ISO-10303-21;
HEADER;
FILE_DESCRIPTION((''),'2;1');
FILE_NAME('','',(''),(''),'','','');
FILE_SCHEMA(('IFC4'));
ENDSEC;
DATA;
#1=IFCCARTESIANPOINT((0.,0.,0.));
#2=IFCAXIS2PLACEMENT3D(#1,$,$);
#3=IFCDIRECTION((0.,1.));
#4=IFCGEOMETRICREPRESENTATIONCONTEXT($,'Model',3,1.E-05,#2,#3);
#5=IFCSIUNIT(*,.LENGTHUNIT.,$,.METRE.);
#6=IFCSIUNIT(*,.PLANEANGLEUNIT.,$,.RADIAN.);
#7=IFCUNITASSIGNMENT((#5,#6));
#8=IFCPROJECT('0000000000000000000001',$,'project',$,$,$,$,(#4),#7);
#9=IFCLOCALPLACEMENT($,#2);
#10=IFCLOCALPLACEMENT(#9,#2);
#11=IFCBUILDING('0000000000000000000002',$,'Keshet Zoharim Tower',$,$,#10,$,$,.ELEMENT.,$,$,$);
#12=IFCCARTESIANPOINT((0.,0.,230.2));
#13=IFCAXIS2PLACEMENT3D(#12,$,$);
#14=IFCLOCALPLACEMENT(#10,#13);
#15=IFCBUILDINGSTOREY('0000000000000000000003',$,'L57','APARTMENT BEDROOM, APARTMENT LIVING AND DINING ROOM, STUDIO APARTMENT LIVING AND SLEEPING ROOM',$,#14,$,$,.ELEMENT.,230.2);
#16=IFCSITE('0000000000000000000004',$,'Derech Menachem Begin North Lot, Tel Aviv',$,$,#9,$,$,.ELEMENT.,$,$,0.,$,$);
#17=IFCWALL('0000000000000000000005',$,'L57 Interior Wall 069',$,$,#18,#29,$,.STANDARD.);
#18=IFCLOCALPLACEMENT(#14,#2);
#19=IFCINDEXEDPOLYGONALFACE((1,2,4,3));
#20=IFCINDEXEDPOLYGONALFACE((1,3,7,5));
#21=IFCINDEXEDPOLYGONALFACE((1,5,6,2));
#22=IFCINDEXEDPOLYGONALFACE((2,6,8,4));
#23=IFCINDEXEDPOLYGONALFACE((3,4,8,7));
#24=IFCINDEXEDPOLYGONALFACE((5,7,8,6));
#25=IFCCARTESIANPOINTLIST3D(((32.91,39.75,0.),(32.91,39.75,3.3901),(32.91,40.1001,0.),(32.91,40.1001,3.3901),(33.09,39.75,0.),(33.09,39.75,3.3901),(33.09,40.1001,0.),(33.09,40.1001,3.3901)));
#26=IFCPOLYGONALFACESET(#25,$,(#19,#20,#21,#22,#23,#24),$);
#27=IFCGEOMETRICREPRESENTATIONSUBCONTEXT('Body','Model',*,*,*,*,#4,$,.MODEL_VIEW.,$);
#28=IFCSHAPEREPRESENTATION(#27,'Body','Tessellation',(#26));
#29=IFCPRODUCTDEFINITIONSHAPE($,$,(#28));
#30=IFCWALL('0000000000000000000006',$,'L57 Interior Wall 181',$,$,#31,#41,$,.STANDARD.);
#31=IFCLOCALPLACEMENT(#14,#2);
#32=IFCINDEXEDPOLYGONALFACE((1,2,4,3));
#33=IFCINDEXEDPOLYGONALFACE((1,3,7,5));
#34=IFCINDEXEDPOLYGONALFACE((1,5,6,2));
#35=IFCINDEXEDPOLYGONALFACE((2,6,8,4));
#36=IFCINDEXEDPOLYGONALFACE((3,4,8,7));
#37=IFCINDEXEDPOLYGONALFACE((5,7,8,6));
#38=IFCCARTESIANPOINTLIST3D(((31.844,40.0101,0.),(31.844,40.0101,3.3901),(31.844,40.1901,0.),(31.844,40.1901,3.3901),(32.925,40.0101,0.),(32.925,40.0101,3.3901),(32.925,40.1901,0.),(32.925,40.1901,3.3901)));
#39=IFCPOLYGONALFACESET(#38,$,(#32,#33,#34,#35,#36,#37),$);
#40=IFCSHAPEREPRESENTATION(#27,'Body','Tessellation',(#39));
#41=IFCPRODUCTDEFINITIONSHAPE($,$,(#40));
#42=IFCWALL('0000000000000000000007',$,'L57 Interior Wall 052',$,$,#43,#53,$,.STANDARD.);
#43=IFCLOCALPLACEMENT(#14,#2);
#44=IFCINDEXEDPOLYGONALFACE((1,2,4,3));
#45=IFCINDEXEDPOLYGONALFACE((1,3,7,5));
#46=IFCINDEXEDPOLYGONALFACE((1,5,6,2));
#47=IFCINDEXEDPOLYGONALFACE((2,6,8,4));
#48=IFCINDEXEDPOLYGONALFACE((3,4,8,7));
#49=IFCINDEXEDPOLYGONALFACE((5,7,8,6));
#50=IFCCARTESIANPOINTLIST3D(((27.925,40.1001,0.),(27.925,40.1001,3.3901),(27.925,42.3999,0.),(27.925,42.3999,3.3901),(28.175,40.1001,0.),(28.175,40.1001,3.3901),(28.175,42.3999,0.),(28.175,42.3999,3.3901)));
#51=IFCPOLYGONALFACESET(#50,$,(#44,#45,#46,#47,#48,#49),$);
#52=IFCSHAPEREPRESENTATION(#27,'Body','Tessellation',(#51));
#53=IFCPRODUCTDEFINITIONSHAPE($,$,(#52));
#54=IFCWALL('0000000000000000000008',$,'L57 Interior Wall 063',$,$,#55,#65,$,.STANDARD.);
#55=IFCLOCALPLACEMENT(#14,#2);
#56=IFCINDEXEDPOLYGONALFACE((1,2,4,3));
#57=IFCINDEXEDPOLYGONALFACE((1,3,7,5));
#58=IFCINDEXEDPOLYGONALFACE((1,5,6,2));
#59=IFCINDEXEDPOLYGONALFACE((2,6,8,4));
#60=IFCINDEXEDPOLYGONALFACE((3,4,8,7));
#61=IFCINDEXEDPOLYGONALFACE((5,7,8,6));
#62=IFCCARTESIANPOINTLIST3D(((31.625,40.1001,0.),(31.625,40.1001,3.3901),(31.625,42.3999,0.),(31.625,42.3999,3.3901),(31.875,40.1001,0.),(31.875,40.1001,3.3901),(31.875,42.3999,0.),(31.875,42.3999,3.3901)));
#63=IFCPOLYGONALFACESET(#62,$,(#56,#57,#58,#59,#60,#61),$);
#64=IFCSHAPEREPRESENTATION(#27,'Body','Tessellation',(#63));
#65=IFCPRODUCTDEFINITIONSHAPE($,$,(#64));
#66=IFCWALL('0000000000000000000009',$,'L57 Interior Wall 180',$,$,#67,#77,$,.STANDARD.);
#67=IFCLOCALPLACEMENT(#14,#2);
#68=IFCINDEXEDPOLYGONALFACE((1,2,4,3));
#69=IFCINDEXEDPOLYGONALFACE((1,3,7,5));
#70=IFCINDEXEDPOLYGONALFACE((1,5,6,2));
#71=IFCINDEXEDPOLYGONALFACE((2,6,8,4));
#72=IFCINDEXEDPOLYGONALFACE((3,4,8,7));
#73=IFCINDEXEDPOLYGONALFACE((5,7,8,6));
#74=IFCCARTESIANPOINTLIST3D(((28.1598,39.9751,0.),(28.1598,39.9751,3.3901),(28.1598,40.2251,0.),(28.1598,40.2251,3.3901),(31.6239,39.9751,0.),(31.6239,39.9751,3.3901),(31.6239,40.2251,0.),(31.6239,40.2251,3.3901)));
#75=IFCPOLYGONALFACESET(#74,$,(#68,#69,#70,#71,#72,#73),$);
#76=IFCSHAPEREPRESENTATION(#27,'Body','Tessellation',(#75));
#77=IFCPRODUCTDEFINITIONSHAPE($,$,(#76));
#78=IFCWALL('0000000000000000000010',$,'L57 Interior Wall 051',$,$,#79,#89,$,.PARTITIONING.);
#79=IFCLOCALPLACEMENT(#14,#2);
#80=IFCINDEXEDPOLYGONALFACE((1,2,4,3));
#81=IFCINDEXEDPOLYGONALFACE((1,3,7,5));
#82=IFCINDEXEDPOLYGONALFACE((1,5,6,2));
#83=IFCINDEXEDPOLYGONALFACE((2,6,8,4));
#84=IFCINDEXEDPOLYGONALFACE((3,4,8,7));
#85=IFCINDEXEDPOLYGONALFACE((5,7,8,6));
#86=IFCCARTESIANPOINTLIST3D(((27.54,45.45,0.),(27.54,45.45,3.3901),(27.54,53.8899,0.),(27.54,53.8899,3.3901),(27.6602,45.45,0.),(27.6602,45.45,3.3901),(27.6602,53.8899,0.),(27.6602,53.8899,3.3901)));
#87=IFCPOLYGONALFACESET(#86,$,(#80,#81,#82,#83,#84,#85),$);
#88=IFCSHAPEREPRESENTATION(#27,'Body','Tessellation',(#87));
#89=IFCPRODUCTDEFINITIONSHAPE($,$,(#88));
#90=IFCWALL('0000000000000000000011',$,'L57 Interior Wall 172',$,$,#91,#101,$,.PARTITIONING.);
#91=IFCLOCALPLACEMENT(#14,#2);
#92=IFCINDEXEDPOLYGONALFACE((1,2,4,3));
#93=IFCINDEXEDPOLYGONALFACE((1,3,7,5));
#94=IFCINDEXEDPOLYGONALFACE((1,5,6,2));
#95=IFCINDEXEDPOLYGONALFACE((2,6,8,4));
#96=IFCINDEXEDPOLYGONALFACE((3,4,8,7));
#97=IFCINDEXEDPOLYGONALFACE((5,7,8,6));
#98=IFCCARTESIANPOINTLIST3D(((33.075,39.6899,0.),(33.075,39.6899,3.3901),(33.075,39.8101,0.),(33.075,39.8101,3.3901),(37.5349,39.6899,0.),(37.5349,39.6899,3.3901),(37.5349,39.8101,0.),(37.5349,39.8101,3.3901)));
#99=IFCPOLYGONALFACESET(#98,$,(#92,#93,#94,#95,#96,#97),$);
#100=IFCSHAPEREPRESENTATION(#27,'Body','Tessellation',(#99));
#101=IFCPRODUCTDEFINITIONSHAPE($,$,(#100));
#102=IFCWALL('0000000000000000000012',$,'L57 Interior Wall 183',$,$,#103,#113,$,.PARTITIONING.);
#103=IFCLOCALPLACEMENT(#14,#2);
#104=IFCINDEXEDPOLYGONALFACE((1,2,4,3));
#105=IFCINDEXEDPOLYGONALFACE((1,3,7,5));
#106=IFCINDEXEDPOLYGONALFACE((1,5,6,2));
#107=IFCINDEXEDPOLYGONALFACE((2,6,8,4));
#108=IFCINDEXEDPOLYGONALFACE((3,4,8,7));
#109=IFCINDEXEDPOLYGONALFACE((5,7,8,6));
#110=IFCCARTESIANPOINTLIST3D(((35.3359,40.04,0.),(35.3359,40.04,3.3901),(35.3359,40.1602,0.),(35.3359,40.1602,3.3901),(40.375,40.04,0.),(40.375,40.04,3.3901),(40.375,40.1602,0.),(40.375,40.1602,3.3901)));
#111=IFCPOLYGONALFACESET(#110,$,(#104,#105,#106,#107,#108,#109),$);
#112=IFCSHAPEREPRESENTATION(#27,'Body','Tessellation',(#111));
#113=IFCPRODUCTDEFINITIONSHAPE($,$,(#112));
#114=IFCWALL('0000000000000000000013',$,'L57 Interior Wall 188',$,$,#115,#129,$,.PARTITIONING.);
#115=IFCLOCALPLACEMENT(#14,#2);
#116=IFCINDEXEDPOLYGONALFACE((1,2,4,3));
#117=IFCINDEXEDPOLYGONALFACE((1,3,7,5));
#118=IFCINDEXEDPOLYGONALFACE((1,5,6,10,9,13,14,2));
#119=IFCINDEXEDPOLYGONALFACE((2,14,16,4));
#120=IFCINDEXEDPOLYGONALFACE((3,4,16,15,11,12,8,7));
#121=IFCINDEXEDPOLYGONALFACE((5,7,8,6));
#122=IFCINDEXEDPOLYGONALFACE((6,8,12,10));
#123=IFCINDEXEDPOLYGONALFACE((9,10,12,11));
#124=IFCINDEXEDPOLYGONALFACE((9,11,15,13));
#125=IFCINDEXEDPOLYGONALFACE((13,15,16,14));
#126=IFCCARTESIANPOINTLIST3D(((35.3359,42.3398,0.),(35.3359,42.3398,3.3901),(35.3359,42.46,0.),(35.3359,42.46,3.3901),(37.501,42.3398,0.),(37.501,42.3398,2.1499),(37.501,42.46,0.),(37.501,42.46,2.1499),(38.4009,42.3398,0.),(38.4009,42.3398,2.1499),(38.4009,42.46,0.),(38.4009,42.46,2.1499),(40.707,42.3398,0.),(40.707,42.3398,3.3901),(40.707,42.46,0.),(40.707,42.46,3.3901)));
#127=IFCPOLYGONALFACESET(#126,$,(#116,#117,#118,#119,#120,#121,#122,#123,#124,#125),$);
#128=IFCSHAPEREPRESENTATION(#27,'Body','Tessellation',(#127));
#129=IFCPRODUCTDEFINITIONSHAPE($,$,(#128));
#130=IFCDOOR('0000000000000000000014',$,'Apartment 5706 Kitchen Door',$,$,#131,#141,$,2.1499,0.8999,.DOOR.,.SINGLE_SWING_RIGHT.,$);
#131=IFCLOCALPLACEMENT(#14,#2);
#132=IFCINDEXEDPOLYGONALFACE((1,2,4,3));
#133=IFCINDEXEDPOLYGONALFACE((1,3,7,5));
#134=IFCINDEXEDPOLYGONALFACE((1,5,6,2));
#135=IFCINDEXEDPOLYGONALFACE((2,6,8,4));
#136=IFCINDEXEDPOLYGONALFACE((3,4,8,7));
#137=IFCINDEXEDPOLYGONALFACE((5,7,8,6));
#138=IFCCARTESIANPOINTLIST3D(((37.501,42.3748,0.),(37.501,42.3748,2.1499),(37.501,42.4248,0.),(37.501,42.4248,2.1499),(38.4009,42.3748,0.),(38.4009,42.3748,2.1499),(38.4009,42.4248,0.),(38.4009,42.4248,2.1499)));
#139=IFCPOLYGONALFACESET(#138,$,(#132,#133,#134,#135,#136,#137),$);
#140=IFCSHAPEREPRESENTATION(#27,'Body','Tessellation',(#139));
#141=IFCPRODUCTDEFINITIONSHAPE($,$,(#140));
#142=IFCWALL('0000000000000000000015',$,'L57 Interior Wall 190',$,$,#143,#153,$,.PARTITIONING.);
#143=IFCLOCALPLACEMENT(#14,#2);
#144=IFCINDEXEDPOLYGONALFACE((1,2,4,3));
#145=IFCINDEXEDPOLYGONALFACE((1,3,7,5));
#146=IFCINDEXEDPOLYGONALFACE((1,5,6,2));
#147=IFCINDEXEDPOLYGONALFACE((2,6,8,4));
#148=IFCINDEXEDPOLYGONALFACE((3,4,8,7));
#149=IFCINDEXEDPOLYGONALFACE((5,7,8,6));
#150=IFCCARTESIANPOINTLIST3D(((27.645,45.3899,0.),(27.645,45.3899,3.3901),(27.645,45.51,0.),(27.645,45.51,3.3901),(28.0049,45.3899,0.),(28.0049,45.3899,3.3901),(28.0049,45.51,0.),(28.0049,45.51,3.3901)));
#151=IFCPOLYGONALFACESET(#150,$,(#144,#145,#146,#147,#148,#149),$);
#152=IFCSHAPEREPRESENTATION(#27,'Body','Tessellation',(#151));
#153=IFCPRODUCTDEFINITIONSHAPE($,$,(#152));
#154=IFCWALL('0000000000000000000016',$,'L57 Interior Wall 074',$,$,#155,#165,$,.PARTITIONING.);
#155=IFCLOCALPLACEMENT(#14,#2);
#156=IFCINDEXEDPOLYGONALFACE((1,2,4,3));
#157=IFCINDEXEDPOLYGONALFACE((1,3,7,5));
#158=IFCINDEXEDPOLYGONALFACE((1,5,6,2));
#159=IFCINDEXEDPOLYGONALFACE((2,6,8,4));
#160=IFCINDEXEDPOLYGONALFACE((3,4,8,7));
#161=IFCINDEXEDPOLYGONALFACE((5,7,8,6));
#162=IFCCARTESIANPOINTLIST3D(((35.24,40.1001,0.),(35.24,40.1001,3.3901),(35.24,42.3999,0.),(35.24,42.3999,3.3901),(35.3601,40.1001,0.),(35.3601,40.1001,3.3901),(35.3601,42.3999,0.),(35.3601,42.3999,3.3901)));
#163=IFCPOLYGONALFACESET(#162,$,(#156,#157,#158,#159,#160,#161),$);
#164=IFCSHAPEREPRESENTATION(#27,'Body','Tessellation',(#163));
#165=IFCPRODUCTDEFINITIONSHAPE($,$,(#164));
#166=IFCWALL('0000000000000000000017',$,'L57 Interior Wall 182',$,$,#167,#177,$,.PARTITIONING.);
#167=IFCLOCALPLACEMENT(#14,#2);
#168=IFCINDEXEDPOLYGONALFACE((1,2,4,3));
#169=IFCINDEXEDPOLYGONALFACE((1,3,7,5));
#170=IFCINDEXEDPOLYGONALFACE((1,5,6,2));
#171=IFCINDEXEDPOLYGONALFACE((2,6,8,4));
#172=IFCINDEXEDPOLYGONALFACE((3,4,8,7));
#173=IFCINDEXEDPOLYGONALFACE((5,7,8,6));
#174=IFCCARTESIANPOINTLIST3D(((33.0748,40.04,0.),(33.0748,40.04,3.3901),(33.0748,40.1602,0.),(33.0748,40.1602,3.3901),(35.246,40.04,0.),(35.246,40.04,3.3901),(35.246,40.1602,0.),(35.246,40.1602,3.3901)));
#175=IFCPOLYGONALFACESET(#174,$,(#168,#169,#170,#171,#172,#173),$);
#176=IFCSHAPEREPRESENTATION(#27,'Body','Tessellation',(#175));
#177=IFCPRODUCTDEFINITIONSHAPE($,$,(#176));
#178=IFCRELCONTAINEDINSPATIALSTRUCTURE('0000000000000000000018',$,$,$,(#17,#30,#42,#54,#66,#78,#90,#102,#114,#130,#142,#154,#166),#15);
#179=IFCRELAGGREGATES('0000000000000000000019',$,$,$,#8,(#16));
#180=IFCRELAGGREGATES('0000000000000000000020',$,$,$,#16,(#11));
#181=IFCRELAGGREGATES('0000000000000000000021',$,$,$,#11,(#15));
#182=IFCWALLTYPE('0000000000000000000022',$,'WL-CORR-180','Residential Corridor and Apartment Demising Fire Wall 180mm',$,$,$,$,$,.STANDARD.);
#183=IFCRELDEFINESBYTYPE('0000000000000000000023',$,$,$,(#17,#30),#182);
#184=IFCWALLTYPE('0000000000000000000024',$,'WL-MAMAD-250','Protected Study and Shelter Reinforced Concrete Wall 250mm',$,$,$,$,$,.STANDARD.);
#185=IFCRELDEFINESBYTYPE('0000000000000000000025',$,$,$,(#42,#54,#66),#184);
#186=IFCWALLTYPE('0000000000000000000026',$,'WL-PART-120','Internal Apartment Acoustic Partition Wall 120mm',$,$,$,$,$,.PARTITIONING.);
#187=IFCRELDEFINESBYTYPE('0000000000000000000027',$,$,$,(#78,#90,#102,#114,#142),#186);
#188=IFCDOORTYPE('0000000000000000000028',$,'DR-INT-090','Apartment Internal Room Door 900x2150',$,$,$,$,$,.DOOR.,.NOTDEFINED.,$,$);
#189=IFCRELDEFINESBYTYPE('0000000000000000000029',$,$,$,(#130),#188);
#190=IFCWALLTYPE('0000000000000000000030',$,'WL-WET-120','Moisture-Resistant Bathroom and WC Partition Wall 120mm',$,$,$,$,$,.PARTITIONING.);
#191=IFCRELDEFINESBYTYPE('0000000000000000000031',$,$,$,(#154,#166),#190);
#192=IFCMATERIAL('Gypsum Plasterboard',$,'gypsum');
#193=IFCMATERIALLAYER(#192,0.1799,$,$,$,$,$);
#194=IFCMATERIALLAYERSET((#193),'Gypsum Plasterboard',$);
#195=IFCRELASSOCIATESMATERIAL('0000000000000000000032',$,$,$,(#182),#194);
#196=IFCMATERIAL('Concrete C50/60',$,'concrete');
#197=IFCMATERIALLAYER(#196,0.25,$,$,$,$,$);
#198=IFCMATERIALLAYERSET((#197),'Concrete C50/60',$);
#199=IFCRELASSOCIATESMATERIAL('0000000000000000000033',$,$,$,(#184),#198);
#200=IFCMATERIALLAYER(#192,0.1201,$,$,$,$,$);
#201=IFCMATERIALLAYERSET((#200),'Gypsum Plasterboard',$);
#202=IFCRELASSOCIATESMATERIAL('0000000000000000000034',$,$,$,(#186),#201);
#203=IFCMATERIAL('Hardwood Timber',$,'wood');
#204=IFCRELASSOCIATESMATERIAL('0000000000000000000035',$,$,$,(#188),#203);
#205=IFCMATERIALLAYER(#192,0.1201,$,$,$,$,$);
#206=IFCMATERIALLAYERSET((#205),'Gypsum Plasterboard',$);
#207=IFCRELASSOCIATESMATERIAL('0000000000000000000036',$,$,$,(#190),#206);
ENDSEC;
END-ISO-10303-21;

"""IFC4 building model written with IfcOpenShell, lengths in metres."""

from ifc_helpers import new_model, si_unit, direction, frame, frame_2d, origin, place, context, subcontext, project, spatial, rectangle, extrude, material, layer, layer_set, type_object, element, fill, save


model = new_model("IFC4")

# Units and contexts
model_context = context("Model", 3, precision=1e-05, world=origin(), true_north=direction((0.0, 1.0)))
body_context = subcontext(model_context, "Body", "Model", "MODEL_VIEW")
ifc_project = project(units=[si_unit("LENGTHUNIT", "METRE"), si_unit("PLANEANGLEUNIT", "RADIAN")], contexts=[model_context])

# Site, building, storey
site_placement = place(None, origin())
site = spatial("IfcSite", under=ifc_project, at=site_placement, Name="Derech Menachem Begin North Lot, Tel Aviv", CompositionType="ELEMENT", RefElevation=0.0)
building_placement = place(site_placement, origin())
building = spatial("IfcBuilding", under=site, at=building_placement, Name="Keshet Zoharim Tower", CompositionType="ELEMENT")
storey_placement = place(building_placement, frame((0.0, 0.0, 230.2)))
storey = spatial("IfcBuildingStorey", under=building, at=storey_placement, Name="L57", Description="APARTMENT BEDROOM, APARTMENT LIVING AND DINING ROOM, STUDIO APARTMENT LIVING AND SLEEPING ROOM", CompositionType="ELEMENT", Elevation=230.2)

# Walls
ifc_material_1 = material(Name="Gypsum Plasterboard", Category="gypsum")
ifc_layer_1 = layer(ifc_material_1, 0.1799)
ifc_layer_set_1 = layer_set([ifc_layer_1], Name="Gypsum Plasterboard")
wall_type_1 = type_object("IfcWallType", Name="WL-CORR-180", Description="Residential Corridor and Apartment Demising Fire Wall 180mm", PredefinedType="STANDARD", material=ifc_layer_set_1)
wall_1_placement = place(storey_placement, frame((33.0, 39.75, 0.0), z_axis=(0.0, 0.0, 1.0), x_axis=(0.0, 1.0, 0.0)))
element("IfcWall", 1, at=wall_1_placement, inside=storey, type_object=wall_type_1, Name="L57 Interior Wall 069", PredefinedType="STANDARD", context=body_context, shape_type="SweptSolid", body=[
    extrude(rectangle(XDim=0.3501, YDim=0.1799, at=frame_2d((0.175, 0.0))), origin(), (0.0, 0.0, 1.0), 3.3901),
])
wall_2_placement = place(storey_placement, frame((31.844, 40.1001, 0.0), z_axis=(0.0, 0.0, 1.0), x_axis=(1.0, 0.0, 0.0)))
element("IfcWall", 2, at=wall_2_placement, inside=storey, type_object=wall_type_1, Name="L57 Interior Wall 181", PredefinedType="STANDARD", context=body_context, shape_type="SweptSolid", body=[
    extrude(rectangle(XDim=1.0811, YDim=0.1799, at=frame_2d((0.5405, 0.0))), origin(), (0.0, 0.0, 1.0), 3.3901),
])
ifc_material_2 = material(Name="Concrete C50/60", Category="concrete")
ifc_layer_2 = layer(ifc_material_2, 0.25)
ifc_layer_set_2 = layer_set([ifc_layer_2], Name="Concrete C50/60")
wall_type_2 = type_object("IfcWallType", Name="WL-MAMAD-250", Description="Protected Study and Shelter Reinforced Concrete Wall 250mm", PredefinedType="STANDARD", material=ifc_layer_set_2)
for number, where, z_axis, x_axis, name in (
    (3, (28.05, 40.1001, 0.0), (0.0, 0.0, 1.0), (0.0, 1.0, 0.0), "L57 Interior Wall 052"),
    (4, (31.75, 40.1001, 0.0), (0.0, 0.0, 1.0), (0.0, 1.0, 0.0), "L57 Interior Wall 063"),
):
    element("IfcWall", number, at=place(storey_placement, frame(where, z_axis=z_axis, x_axis=x_axis)), inside=storey, type_object=wall_type_2, Name=name, PredefinedType="STANDARD", context=body_context, shape_type="SweptSolid", body=[
        extrude(rectangle(XDim=2.2998, YDim=0.25, at=frame_2d((1.1499, 0.0))), origin(), (0.0, 0.0, 1.0), 3.3901),
    ])
wall_3_placement = place(storey_placement, frame((28.1599, 40.1001, 0.0), z_axis=(0.0, 0.0, 1.0), x_axis=(1.0, 0.0, 0.0)))
element("IfcWall", 5, at=wall_3_placement, inside=storey, type_object=wall_type_2, Name="L57 Interior Wall 180", PredefinedType="STANDARD", context=body_context, shape_type="SweptSolid", body=[
    extrude(rectangle(XDim=3.4641, YDim=0.25, at=frame_2d((1.7319, 0.0))), origin(), (0.0, 0.0, 1.0), 3.3901),
])

# Shared definitions
ifc_material_3 = material(Name="Hardwood Timber", Category="wood")

# Walls
ifc_layer_3 = layer(ifc_material_1, 0.1201)
ifc_layer_set_3 = layer_set([ifc_layer_3], Name="Gypsum Plasterboard")
wall_type_3 = type_object("IfcWallType", Name="WL-PART-120", Description="Internal Apartment Acoustic Partition Wall 120mm", PredefinedType="PARTITIONING", material=ifc_layer_set_3)
wall_4_placement = place(storey_placement, frame((27.6001, 45.45, 0.0), z_axis=(0.0, 0.0, 1.0), x_axis=(0.0, 1.0, 0.0)))
element("IfcWall", 6, at=wall_4_placement, inside=storey, type_object=wall_type_3, Name="L57 Interior Wall 051", PredefinedType="PARTITIONING", context=body_context, shape_type="SweptSolid", body=[
    extrude(rectangle(XDim=8.4399, YDim=0.1201, at=frame_2d((4.22, 0.0))), origin(), (0.0, 0.0, 1.0), 3.3901),
])
wall_5_placement = place(storey_placement, frame((33.075, 39.75, 0.0), z_axis=(0.0, 0.0, 1.0), x_axis=(1.0, 0.0, 0.0)))
element("IfcWall", 7, at=wall_5_placement, inside=storey, type_object=wall_type_3, Name="L57 Interior Wall 172", PredefinedType="PARTITIONING", context=body_context, shape_type="SweptSolid", body=[
    extrude(rectangle(XDim=4.46, YDim=0.1201, at=frame_2d((2.23, 0.0))), origin(), (0.0, 0.0, 1.0), 3.3901),
])
wall_6_placement = place(storey_placement, frame((35.3359, 40.1001, 0.0), z_axis=(0.0, 0.0, 1.0), x_axis=(1.0, 0.0, 0.0)))
element("IfcWall", 8, at=wall_6_placement, inside=storey, type_object=wall_type_3, Name="L57 Interior Wall 183", PredefinedType="PARTITIONING", context=body_context, shape_type="SweptSolid", body=[
    extrude(rectangle(XDim=5.0391, YDim=0.1201, at=frame_2d((2.5195, 0.0))), origin(), (0.0, 0.0, 1.0), 3.3901),
])

# Wall, opening, door
wall_7_placement = place(storey_placement, frame((35.3359, 42.3999, 0.0), z_axis=(0.0, 0.0, 1.0), x_axis=(1.0, 0.0, 0.0)))
wall_7 = element("IfcWall", 9, at=wall_7_placement, inside=storey, type_object=wall_type_3, Name="L57 Interior Wall 188", PredefinedType="PARTITIONING", context=body_context, shape_type="SweptSolid", body=[
    extrude(rectangle(XDim=5.3711, YDim=0.1201, at=frame_2d((2.6855, 0.0))), origin(), (0.0, 0.0, 1.0), 3.3901),
])
opening_1_placement = place(wall_7_placement, frame((2.165, 0.0, 0.0)))
opening_1 = element("IfcOpeningElement", 10, at=opening_1_placement, cuts=wall_7, PredefinedType="OPENING", context=body_context, shape_type="SweptSolid", body=[
    extrude(rectangle(XDim=0.8999, YDim=2.1499, at=frame_2d((0.45, 1.075))), frame((0.0, 0.0701, 0.0), z_axis=(0.0, -1.0, 0.0), x_axis=(1.0, 0.0, 0.0)), (0.0, 0.0, 1.0), 0.1401),
])
door_type_1 = type_object("IfcDoorType", Name="DR-INT-090", Description="Apartment Internal Room Door 900x2150", OperationType="NOTDEFINED", PredefinedType="DOOR", material=ifc_material_3)
door_1_placement = place(opening_1_placement, origin())
door_1 = element("IfcDoor", 11, at=door_1_placement, inside=storey, type_object=door_type_1, Name="Apartment 5706 Kitchen Door", OperationType="SINGLE_SWING_RIGHT", OverallHeight=2.1499, OverallWidth=0.8999, PredefinedType="DOOR", context=body_context, shape_type="SweptSolid", body=[
    extrude(rectangle(XDim=0.8999, YDim=2.1499, at=frame_2d((0.45, 1.075))), frame((0.0, 0.0249, 0.0), z_axis=(0.0, -1.0, 0.0), x_axis=(1.0, 0.0, 0.0)), (0.0, 0.0, 1.0), 0.05),
])
fill(opening_1, door_1)

# Walls
wall_8_placement = place(storey_placement, frame((27.645, 45.45, 0.0), z_axis=(0.0, 0.0, 1.0), x_axis=(1.0, 0.0, 0.0)))
element("IfcWall", 12, at=wall_8_placement, inside=storey, type_object=wall_type_3, Name="L57 Interior Wall 190", PredefinedType="PARTITIONING", context=body_context, shape_type="SweptSolid", body=[
    extrude(rectangle(XDim=0.3599, YDim=0.1201, at=frame_2d((0.1799, 0.0))), origin(), (0.0, 0.0, 1.0), 3.3901),
])
ifc_layer_4 = layer(ifc_material_1, 0.1201)
ifc_layer_set_4 = layer_set([ifc_layer_4], Name="Gypsum Plasterboard")
wall_type_4 = type_object("IfcWallType", Name="WL-WET-120", Description="Moisture-Resistant Bathroom and WC Partition Wall 120mm", PredefinedType="PARTITIONING", material=ifc_layer_set_4)
wall_9_placement = place(storey_placement, frame((35.3, 40.1001, 0.0), z_axis=(0.0, 0.0, 1.0), x_axis=(0.0, 1.0, 0.0)))
element("IfcWall", 13, at=wall_9_placement, inside=storey, type_object=wall_type_4, Name="L57 Interior Wall 074", PredefinedType="PARTITIONING", context=body_context, shape_type="SweptSolid", body=[
    extrude(rectangle(XDim=2.2998, YDim=0.1201, at=frame_2d((1.1499, 0.0))), origin(), (0.0, 0.0, 1.0), 3.3901),
])
wall_10_placement = place(storey_placement, frame((33.075, 40.1001, 0.0), z_axis=(0.0, 0.0, 1.0), x_axis=(1.0, 0.0, 0.0)))
element("IfcWall", 14, at=wall_10_placement, inside=storey, type_object=wall_type_4, Name="L57 Interior Wall 182", PredefinedType="PARTITIONING", context=body_context, shape_type="SweptSolid", body=[
    extrude(rectangle(XDim=2.1711, YDim=0.1201, at=frame_2d((1.0854, 0.0))), origin(), (0.0, 0.0, 1.0), 3.3901),
])

save(model, "model.ifc")
